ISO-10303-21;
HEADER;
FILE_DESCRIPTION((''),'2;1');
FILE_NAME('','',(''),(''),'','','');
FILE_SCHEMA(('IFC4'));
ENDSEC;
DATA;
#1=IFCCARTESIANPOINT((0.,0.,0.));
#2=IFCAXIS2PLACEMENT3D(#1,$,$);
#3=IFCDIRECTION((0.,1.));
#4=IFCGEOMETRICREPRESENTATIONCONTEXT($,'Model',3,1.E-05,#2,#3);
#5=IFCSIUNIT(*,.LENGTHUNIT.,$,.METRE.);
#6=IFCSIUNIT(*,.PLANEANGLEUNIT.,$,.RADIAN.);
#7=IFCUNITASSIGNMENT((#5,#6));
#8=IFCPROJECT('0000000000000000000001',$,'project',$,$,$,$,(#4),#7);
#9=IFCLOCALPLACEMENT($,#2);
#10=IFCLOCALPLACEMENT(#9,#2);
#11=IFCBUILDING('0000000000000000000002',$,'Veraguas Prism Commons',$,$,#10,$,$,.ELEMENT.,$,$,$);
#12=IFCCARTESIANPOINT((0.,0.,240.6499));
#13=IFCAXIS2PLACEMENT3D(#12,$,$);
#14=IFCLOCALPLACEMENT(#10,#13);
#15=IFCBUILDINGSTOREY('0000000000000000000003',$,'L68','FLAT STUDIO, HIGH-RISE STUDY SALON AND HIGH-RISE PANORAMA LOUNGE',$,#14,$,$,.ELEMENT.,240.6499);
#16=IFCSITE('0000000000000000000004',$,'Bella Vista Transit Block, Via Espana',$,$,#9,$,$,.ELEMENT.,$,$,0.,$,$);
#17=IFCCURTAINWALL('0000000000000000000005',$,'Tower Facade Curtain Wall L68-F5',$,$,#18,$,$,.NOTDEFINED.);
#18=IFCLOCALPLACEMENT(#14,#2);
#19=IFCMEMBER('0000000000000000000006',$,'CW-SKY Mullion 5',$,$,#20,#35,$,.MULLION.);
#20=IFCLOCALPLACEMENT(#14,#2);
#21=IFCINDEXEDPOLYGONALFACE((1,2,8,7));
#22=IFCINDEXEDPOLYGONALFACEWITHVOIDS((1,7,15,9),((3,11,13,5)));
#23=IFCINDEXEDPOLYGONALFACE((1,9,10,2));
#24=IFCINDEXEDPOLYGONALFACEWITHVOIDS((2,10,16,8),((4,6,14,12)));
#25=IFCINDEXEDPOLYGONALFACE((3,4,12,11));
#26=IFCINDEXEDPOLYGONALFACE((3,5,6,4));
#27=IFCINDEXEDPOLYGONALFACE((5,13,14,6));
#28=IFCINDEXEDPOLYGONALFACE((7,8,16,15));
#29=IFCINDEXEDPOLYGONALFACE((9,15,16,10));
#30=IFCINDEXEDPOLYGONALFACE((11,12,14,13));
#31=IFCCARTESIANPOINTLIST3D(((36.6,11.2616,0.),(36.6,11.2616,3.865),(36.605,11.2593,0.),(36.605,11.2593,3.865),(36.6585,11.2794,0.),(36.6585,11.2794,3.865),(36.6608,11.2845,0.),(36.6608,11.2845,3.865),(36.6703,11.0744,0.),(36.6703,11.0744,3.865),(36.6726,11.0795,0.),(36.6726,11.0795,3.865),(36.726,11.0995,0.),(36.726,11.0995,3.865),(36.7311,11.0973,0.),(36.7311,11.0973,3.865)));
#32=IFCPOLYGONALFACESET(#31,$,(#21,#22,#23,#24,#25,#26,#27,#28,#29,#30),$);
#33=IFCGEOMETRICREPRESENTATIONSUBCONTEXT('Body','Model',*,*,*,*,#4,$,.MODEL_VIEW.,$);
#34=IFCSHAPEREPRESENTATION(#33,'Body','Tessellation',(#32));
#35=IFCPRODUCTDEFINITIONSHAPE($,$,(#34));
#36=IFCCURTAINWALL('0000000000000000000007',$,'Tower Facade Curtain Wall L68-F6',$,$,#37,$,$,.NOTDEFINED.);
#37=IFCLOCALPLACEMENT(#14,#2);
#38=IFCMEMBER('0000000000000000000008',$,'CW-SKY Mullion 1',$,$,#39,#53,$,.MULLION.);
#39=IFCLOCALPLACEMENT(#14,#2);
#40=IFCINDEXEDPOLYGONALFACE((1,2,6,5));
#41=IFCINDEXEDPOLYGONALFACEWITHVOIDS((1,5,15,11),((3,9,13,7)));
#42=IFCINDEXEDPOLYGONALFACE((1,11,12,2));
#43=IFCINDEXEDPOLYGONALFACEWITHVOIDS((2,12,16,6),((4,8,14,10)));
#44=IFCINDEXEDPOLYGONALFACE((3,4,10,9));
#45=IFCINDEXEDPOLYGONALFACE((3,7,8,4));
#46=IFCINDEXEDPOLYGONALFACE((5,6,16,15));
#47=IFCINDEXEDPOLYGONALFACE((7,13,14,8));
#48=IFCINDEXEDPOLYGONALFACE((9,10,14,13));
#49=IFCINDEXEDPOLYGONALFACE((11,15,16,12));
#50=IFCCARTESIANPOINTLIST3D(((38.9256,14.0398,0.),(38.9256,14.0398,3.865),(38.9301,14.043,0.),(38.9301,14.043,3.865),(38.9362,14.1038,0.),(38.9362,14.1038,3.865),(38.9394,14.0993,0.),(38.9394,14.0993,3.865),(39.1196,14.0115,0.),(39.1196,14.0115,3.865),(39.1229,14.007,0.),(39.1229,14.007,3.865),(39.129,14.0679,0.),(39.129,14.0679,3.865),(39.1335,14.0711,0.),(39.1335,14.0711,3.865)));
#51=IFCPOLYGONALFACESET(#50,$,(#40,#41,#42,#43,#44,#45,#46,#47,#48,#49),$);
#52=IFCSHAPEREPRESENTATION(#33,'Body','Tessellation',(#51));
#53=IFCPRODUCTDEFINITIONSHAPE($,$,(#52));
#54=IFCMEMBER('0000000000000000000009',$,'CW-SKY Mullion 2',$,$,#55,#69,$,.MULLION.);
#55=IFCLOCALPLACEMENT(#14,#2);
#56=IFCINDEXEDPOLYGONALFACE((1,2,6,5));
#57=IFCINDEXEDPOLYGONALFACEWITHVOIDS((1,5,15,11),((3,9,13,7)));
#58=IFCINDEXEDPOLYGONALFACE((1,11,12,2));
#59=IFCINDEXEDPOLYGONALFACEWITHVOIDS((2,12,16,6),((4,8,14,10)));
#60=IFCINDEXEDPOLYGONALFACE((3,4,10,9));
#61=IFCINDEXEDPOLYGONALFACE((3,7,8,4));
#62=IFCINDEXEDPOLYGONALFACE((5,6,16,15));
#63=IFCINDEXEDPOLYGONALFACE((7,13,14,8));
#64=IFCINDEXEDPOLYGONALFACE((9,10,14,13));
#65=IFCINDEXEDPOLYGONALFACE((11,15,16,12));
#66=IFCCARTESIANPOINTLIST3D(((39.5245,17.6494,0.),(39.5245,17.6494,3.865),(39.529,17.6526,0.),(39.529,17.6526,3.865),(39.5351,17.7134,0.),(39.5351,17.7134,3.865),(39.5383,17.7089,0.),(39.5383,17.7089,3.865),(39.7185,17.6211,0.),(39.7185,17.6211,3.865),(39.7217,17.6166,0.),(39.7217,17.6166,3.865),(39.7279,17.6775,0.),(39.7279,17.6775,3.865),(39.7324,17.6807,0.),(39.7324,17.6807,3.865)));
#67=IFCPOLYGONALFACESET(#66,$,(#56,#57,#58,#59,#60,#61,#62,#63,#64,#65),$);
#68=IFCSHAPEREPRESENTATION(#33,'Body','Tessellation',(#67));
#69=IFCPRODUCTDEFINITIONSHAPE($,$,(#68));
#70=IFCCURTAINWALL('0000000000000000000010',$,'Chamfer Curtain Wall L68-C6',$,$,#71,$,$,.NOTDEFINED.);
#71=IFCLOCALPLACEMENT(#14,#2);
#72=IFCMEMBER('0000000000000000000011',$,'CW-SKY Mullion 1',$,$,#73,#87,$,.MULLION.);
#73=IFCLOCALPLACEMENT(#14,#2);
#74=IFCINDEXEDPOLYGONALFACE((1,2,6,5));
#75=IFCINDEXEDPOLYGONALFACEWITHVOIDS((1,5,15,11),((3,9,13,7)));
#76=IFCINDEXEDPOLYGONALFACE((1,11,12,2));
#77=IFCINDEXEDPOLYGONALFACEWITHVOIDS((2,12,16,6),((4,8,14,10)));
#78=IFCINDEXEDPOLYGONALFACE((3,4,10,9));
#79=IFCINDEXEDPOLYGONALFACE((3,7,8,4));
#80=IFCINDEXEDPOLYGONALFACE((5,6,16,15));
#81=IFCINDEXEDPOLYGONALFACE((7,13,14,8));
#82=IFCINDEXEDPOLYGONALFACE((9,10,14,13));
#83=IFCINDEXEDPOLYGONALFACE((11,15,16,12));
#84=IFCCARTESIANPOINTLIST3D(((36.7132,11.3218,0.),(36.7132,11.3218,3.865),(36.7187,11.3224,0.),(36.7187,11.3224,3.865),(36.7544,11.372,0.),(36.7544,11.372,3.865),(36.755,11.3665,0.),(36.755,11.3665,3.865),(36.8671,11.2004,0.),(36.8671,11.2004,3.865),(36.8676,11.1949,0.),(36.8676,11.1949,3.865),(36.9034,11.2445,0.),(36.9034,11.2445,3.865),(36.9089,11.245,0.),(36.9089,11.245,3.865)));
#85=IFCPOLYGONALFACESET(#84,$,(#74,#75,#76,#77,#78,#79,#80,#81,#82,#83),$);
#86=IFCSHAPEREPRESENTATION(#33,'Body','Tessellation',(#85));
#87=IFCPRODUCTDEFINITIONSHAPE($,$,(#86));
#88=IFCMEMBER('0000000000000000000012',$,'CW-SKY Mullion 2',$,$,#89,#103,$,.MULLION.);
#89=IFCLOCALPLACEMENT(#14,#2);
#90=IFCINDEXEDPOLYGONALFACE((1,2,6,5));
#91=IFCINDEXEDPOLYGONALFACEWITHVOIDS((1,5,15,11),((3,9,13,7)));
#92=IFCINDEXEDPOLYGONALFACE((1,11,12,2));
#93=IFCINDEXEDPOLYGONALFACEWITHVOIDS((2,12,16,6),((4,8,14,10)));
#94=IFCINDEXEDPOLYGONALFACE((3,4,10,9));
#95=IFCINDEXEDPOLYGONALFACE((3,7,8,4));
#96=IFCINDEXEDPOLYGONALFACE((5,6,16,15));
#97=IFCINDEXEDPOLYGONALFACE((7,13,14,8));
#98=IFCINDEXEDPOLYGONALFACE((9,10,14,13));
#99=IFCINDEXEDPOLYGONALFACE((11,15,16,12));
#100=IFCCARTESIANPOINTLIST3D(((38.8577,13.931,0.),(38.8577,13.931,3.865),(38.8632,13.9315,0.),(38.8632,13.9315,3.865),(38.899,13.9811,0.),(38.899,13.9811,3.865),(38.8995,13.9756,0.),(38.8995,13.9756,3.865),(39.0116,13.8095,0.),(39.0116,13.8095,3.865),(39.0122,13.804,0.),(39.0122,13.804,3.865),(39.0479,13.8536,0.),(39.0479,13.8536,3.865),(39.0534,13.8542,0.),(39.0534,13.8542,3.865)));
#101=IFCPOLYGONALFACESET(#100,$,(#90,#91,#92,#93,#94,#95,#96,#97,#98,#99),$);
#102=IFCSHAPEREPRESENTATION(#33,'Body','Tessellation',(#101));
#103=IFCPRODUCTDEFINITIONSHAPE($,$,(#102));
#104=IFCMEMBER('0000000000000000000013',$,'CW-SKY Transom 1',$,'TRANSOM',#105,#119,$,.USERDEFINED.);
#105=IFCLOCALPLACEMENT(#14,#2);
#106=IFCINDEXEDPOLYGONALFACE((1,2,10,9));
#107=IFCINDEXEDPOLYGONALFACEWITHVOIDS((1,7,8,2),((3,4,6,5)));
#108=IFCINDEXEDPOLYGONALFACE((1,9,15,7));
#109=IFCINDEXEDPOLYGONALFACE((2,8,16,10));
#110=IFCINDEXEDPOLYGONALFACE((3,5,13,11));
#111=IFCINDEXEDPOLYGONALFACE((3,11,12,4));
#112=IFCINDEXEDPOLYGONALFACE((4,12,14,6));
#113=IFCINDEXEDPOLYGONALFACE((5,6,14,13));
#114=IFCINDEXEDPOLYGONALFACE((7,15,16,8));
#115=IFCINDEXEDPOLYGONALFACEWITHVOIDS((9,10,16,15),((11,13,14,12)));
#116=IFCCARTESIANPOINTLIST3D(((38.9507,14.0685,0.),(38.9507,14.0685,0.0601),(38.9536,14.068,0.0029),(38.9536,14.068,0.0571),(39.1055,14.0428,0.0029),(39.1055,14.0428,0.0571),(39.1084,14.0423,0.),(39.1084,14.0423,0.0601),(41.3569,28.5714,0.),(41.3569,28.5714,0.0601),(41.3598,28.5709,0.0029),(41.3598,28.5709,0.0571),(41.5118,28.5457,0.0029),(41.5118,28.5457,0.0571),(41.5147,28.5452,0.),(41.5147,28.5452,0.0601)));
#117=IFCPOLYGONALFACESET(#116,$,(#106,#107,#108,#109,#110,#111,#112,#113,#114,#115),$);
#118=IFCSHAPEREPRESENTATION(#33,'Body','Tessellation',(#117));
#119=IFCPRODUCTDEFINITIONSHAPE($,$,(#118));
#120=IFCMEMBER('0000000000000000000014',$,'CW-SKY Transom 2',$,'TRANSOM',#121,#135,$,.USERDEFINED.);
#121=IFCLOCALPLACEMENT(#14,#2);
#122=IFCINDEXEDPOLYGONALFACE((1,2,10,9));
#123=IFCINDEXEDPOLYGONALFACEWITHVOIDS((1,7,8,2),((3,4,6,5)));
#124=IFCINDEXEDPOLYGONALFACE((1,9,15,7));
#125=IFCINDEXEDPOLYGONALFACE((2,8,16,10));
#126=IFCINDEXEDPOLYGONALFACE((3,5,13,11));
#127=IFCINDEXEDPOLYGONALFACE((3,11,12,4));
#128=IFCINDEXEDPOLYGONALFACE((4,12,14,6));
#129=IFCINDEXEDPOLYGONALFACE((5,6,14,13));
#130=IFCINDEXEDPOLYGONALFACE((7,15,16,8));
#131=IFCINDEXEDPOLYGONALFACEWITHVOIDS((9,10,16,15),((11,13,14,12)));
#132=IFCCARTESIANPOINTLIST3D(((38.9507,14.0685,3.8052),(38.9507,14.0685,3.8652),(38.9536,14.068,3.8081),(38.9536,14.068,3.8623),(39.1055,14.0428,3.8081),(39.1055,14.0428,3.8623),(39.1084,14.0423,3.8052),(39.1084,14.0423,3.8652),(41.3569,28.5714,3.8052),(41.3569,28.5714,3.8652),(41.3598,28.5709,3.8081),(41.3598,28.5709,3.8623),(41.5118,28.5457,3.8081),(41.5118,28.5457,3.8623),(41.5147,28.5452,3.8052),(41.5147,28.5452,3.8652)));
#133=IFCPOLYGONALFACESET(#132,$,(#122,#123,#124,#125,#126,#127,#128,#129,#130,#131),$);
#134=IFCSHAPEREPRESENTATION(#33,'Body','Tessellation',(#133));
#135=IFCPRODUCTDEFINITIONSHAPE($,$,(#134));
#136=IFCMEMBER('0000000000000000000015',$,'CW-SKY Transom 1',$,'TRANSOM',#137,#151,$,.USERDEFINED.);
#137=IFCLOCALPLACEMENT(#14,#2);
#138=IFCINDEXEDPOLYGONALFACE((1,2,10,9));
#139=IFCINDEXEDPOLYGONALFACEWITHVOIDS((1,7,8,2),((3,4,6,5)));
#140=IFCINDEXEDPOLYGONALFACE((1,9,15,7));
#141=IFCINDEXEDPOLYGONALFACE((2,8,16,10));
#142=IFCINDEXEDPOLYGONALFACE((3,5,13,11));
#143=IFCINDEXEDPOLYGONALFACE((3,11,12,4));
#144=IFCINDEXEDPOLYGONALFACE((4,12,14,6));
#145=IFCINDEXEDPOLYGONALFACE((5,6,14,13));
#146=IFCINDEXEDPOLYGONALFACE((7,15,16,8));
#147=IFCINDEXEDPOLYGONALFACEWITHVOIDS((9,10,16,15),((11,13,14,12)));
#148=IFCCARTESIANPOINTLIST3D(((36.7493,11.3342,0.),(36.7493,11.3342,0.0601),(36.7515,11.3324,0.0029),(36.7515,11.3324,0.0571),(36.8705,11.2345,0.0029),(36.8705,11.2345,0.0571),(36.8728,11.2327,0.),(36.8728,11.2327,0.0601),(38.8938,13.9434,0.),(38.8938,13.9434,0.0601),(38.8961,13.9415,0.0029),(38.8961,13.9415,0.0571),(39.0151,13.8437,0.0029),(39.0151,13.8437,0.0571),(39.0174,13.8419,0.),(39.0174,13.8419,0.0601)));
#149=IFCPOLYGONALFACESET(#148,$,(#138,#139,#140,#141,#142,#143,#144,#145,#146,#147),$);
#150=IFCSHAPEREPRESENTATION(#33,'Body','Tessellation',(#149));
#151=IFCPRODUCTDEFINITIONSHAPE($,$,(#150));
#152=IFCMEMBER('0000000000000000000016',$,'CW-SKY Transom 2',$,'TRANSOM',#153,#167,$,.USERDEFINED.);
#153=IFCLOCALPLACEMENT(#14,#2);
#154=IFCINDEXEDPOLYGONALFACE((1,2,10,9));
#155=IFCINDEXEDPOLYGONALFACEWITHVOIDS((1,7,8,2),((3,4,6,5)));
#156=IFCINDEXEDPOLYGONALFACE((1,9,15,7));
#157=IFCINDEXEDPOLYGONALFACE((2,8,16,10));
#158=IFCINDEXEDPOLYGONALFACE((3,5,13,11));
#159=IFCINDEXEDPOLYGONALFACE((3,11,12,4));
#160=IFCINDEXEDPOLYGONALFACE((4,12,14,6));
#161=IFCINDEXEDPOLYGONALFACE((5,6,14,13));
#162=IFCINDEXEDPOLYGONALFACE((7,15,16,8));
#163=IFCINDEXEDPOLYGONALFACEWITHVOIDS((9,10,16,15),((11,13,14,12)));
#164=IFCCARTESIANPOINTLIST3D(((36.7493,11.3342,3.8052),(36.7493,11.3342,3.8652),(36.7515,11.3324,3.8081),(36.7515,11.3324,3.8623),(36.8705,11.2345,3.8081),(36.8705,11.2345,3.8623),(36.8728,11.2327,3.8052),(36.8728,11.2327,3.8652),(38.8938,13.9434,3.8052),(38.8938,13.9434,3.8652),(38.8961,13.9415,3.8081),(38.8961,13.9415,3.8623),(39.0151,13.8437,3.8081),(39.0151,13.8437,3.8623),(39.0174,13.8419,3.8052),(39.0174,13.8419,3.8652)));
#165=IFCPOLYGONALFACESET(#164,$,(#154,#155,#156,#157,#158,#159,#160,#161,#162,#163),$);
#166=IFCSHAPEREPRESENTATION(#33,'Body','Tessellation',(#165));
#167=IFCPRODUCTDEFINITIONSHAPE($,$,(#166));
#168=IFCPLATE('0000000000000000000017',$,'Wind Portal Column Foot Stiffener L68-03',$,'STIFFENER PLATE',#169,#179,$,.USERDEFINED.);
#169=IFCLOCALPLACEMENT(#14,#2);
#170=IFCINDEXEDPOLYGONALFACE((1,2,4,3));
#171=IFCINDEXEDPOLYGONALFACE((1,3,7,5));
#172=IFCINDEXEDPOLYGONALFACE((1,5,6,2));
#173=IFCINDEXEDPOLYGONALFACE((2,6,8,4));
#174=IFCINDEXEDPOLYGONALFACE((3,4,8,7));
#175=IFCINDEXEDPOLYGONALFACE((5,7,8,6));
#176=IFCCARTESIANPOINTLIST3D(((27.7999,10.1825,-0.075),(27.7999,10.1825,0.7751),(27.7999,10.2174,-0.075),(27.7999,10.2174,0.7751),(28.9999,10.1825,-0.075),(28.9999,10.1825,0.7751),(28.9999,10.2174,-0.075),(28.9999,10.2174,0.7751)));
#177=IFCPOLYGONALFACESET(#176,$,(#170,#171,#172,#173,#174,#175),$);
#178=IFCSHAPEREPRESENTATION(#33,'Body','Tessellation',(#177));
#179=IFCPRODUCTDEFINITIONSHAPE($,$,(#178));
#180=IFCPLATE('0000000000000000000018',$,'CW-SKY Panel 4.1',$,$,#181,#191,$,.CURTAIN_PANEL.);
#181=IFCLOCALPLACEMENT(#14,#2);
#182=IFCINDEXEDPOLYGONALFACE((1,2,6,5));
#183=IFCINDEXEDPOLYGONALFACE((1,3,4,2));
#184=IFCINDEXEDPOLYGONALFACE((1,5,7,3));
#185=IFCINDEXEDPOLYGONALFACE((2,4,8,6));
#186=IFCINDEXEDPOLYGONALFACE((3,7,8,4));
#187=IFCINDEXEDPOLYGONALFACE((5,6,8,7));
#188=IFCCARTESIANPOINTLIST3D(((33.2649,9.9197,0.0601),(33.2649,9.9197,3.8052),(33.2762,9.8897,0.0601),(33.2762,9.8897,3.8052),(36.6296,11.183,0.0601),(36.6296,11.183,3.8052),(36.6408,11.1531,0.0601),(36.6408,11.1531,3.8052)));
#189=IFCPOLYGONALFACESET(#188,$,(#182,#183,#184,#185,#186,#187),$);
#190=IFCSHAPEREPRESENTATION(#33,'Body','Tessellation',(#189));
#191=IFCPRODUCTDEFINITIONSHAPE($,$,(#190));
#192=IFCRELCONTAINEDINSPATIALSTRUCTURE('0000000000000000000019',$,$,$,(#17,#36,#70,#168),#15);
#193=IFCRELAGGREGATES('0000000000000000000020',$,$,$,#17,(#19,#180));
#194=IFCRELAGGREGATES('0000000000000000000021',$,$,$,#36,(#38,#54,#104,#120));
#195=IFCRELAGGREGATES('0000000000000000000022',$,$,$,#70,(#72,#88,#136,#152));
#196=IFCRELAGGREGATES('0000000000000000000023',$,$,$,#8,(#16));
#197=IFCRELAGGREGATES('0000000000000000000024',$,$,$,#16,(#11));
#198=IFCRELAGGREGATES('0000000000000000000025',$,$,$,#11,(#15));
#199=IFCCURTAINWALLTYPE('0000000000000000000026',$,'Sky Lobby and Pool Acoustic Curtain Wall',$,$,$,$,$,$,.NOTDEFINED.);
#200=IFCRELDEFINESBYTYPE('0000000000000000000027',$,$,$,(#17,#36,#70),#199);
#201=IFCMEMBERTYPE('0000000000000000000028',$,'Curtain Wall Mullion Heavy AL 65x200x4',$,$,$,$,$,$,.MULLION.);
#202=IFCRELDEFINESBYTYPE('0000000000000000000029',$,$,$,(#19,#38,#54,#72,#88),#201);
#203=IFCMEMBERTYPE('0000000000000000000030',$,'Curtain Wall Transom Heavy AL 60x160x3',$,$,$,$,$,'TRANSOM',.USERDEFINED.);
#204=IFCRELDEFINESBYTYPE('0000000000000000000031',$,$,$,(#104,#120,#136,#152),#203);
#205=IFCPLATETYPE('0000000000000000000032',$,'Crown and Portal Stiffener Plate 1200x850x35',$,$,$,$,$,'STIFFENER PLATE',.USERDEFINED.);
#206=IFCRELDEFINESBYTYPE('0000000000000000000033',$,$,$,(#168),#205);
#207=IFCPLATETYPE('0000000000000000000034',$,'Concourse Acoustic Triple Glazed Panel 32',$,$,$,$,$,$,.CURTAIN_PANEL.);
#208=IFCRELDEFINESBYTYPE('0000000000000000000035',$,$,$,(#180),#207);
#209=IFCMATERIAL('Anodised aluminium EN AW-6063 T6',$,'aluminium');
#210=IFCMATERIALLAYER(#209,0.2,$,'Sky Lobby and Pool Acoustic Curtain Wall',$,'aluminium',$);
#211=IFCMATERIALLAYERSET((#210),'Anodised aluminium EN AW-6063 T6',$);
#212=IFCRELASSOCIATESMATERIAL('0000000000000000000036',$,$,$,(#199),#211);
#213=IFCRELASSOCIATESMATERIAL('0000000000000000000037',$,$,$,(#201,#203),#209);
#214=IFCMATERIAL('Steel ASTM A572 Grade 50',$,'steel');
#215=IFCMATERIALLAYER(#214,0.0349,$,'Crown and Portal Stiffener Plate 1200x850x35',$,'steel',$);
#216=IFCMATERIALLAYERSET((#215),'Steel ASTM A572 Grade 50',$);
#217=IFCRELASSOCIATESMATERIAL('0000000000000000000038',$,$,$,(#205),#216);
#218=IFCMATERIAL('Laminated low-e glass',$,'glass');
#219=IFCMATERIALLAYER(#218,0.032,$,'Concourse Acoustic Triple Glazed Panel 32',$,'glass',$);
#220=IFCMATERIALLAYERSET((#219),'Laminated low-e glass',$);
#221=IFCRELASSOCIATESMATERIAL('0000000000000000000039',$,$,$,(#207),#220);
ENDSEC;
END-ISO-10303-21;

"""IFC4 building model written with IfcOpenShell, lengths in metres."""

from ifc_helpers import new_model, si_unit, direction, frame, origin, origin_2d, place, context, subcontext, project, spatial, rectangle, hollow_rectangle, extrude, source, transform, mapped, material, layer, layer_set, material_profile, profile_set, type_object, element, aggregate, save


model = new_model("IFC4")

# Units and contexts
model_context = context("Model", 3, precision=1e-05, world=origin(), true_north=direction((0.0, 1.0)))
body_context = subcontext(model_context, "Body", "Model", "MODEL_VIEW")
ifc_project = project(units=[si_unit("LENGTHUNIT", "METRE"), si_unit("PLANEANGLEUNIT", "RADIAN")], contexts=[model_context])

# Site, building, storey
site_placement = place(None, origin())
site = spatial("IfcSite", under=ifc_project, at=site_placement, Name="Bella Vista Transit Block, Via Espana", CompositionType="ELEMENT", RefElevation=0.0)
building_placement = place(site_placement, origin())
building = spatial("IfcBuilding", under=site, at=building_placement, Name="Veraguas Prism Commons", CompositionType="ELEMENT")
storey_placement = place(building_placement, frame((0.0, 0.0, 240.6499)))
storey = spatial("IfcBuildingStorey", under=building, at=storey_placement, Name="L68", Description="FLAT STUDIO, HIGH-RISE STUDY SALON AND HIGH-RISE PANORAMA LOUNGE", CompositionType="ELEMENT", Elevation=240.6499)

# Curtain walls, members
ifc_material_1 = material(Name="Anodised aluminium EN AW-6063 T6", Category="aluminium")
ifc_layer_1 = layer(ifc_material_1, 0.2, Name="Sky Lobby and Pool Acoustic Curtain Wall", Category="aluminium")
ifc_layer_set_1 = layer_set([ifc_layer_1], Name="Anodised aluminium EN AW-6063 T6")
curtain_wall_type = type_object("IfcCurtainWallType", Name="Sky Lobby and Pool Acoustic Curtain Wall", PredefinedType="NOTDEFINED", material=ifc_layer_set_1)
curtain_wall_1_placement = place(storey_placement, origin())
curtain_wall_1 = element("IfcCurtainWall", 1, at=curtain_wall_1_placement, inside=storey, type_object=curtain_wall_type, Name="Tower Facade Curtain Wall L68-F5", PredefinedType="NOTDEFINED")
ifc_material_profile_1 = material_profile(ifc_material_1, hollow_rectangle(XDim=0.0649, YDim=0.2, WallThickness=0.0039, at=origin_2d()), Name="AL65X200X4")
ifc_profile_set_1 = profile_set([ifc_material_profile_1], Name="Anodised aluminium EN AW-6063 T6")
member_type_1 = type_object("IfcMemberType", Name="Curtain Wall Mullion Heavy AL 65x200x4", PredefinedType="MULLION", material=ifc_profile_set_1)
shared_shape_1 = source(origin(), body_context, "Body", "SweptSolid", [
    extrude(hollow_rectangle(XDim=0.0649, YDim=0.2, WallThickness=0.0039, at=origin_2d()), origin(), (0.0, 0.0, 1.0), 3.865),
])
member_1_placement = place(storey_placement, frame((36.6655, 11.1794, 0.0), z_axis=(0.0, 0.0, 1.0), x_axis=(0.936182, 0.351515, 0.0)))
member_1 = element("IfcMember", 2, at=member_1_placement, type_object=member_type_1, Name="CW-SKY Mullion 5", PredefinedType="MULLION", context=body_context, shape_type="MappedRepresentation", body=[
    mapped(shared_shape_1, transform((0.0, 0.0, 0.0), scale=1.0)),
])
curtain_wall_2_placement = place(storey_placement, origin())
curtain_wall_2 = element("IfcCurtainWall", 3, at=curtain_wall_2_placement, inside=storey, type_object=curtain_wall_type, Name="Tower Facade Curtain Wall L68-F6", PredefinedType="NOTDEFINED")
member_2_placement = place(storey_placement, frame((39.0295, 14.0554, 0.0), z_axis=(0.0, 0.0, 1.0), x_axis=(0.16367, 0.986515, 0.0)))
member_2 = element("IfcMember", 4, at=member_2_placement, type_object=member_type_1, Name="CW-SKY Mullion 1", PredefinedType="MULLION", context=body_context, shape_type="MappedRepresentation", body=[
    mapped(shared_shape_1, transform((0.0, 0.0, 0.0), scale=1.0)),
])
member_3_placement = place(storey_placement, frame((39.6284, 17.665, 0.0), z_axis=(0.0, 0.0, 1.0), x_axis=(0.16367, 0.986515, 0.0)))
member_3 = element("IfcMember", 5, at=member_3_placement, type_object=member_type_1, Name="CW-SKY Mullion 2", PredefinedType="MULLION", context=body_context, shape_type="MappedRepresentation", body=[
    mapped(shared_shape_1, transform((0.0, 0.0, 0.0), scale=1.0)),
])
curtain_wall_3_placement = place(storey_placement, origin())
curtain_wall_3 = element("IfcCurtainWall", 6, at=curtain_wall_3_placement, inside=storey, type_object=curtain_wall_type, Name="Chamfer Curtain Wall L68-C6", PredefinedType="NOTDEFINED")
member_4_placement = place(storey_placement, frame((36.811, 11.2834, 0.0), z_axis=(0.0, 0.0, 1.0), x_axis=(0.635012, 0.772502, 0.0)))
member_4 = element("IfcMember", 7, at=member_4_placement, type_object=member_type_1, Name="CW-SKY Mullion 1", PredefinedType="MULLION", context=body_context, shape_type="MappedRepresentation", body=[
    mapped(shared_shape_1, transform((0.0, 0.0, 0.0), scale=1.0)),
])
member_5_placement = place(storey_placement, frame((38.9556, 13.8926, 0.0), z_axis=(0.0, 0.0, 1.0), x_axis=(0.635012, 0.772502, 0.0)))
member_5 = element("IfcMember", 8, at=member_5_placement, type_object=member_type_1, Name="CW-SKY Mullion 2", PredefinedType="MULLION", context=body_context, shape_type="MappedRepresentation", body=[
    mapped(shared_shape_1, transform((0.0, 0.0, 0.0), scale=1.0)),
])

# Members
ifc_material_profile_2 = material_profile(ifc_material_1, hollow_rectangle(XDim=0.0601, YDim=0.1599, WallThickness=0.0029, at=origin_2d()), Name="AL60X160X3")
ifc_profile_set_2 = profile_set([ifc_material_profile_2], Name="Anodised aluminium EN AW-6063 T6")
member_type_2 = type_object("IfcMemberType", Name="Curtain Wall Transom Heavy AL 60x160x3", ElementType="TRANSOM", PredefinedType="USERDEFINED", material=ifc_profile_set_2)
shared_shape_2 = source(origin(), body_context, "Body", "SweptSolid", [
    extrude(hollow_rectangle(XDim=0.0601, YDim=0.1599, WallThickness=0.0029, at=origin_2d()), origin(), (0.0, 0.0, 1.0), 14.7012),
])
member_6_placement = place(storey_placement, frame((39.0295, 14.0554, 0.03), z_axis=(0.163677, 0.986514, 0.0), x_axis=(0.0, 0.0, 1.0)))
member_6 = element("IfcMember", 9, at=member_6_placement, type_object=member_type_2, Name="CW-SKY Transom 1", ObjectType="TRANSOM", PredefinedType="USERDEFINED", context=body_context, shape_type="MappedRepresentation", body=[
    mapped(shared_shape_2, transform((0.0, 0.0, 0.0), scale=1.0)),
])
member_7_placement = place(storey_placement, frame((39.0295, 14.0554, 3.8352), z_axis=(0.163677, 0.986514, 0.0), x_axis=(0.0, 0.0, 1.0)))
member_7 = element("IfcMember", 10, at=member_7_placement, type_object=member_type_2, Name="CW-SKY Transom 2", ObjectType="TRANSOM", PredefinedType="USERDEFINED", context=body_context, shape_type="MappedRepresentation", body=[
    mapped(shared_shape_2, transform((0.0, 0.0, 0.0), scale=1.0)),
])
shared_shape_3 = source(origin(), body_context, "Body", "SweptSolid", [
    extrude(hollow_rectangle(XDim=0.0601, YDim=0.1599, WallThickness=0.0029, at=origin_2d()), origin(), (0.0, 0.0, 1.0), 3.3774),
])
member_8_placement = place(storey_placement, frame((36.811, 11.2834, 0.03), z_axis=(0.634972, 0.772535, 0.0), x_axis=(0.0, 0.0, 1.0)))
member_8 = element("IfcMember", 11, at=member_8_placement, type_object=member_type_2, Name="CW-SKY Transom 1", ObjectType="TRANSOM", PredefinedType="USERDEFINED", context=body_context, shape_type="MappedRepresentation", body=[
    mapped(shared_shape_3, transform((0.0, 0.0, 0.0), scale=1.0)),
])
member_9_placement = place(storey_placement, frame((36.811, 11.2834, 3.8352), z_axis=(0.634972, 0.772535, 0.0), x_axis=(0.0, 0.0, 1.0)))
member_9 = element("IfcMember", 12, at=member_9_placement, type_object=member_type_2, Name="CW-SKY Transom 2", ObjectType="TRANSOM", PredefinedType="USERDEFINED", context=body_context, shape_type="MappedRepresentation", body=[
    mapped(shared_shape_3, transform((0.0, 0.0, 0.0), scale=1.0)),
])

# Plates
ifc_material_2 = material(Name="Steel ASTM A572 Grade 50", Category="steel")
ifc_layer_2 = layer(ifc_material_2, 0.0349, Name="Crown and Portal Stiffener Plate 1200x850x35", Category="steel")
ifc_layer_set_2 = layer_set([ifc_layer_2], Name="Steel ASTM A572 Grade 50")
plate_type_1 = type_object("IfcPlateType", Name="Crown and Portal Stiffener Plate 1200x850x35", ElementType="STIFFENER PLATE", PredefinedType="USERDEFINED", material=ifc_layer_set_2)
shared_shape_4 = source(origin(), body_context, "Body", "SweptSolid", [
    extrude(rectangle(XDim=1.2, YDim=0.0349, at=origin_2d()), origin(), (0.0, 0.0, 1.0), 0.8501),
])
plate_1_placement = place(storey_placement, frame((28.3999, 10.2, -0.075), z_axis=(0.0, 0.0, 1.0), x_axis=(1.0, 0.0, 0.0)))
element("IfcPlate", 13, at=plate_1_placement, inside=storey, type_object=plate_type_1, Name="Wind Portal Column Foot Stiffener L68-03", ObjectType="STIFFENER PLATE", PredefinedType="USERDEFINED", context=body_context, shape_type="MappedRepresentation", body=[
    mapped(shared_shape_4, transform((0.0, 0.0, 0.0), scale=1.0)),
])
ifc_material_3 = material(Name="Laminated low-e glass", Category="glass")
ifc_layer_3 = layer(ifc_material_3, 0.032, Name="Concourse Acoustic Triple Glazed Panel 32", Category="glass")
ifc_layer_set_3 = layer_set([ifc_layer_3], Name="Laminated low-e glass")
plate_type_2 = type_object("IfcPlateType", Name="Concourse Acoustic Triple Glazed Panel 32", PredefinedType="CURTAIN_PANEL", material=ifc_layer_set_3)
shared_shape_5 = source(origin(), body_context, "Body", "SweptSolid", [
    extrude(rectangle(XDim=3.594, YDim=0.032, at=origin_2d()), origin(), (0.0, 0.0, 1.0), 3.7451),
])
plate_2_placement = place(storey_placement, frame((34.9529, 10.5364, 0.0601), z_axis=(0.0, 0.0, 1.0), x_axis=(0.936182, 0.351515, 0.0)))
plate_2 = element("IfcPlate", 14, at=plate_2_placement, type_object=plate_type_2, Name="CW-SKY Panel 4.1", PredefinedType="CURTAIN_PANEL", context=body_context, shape_type="MappedRepresentation", body=[
    mapped(shared_shape_5, transform((0.0, 0.0, 0.0), scale=1.0)),
])
aggregate(curtain_wall_1, [member_1, plate_2])
aggregate(curtain_wall_2, [member_2, member_3, member_6, member_7])
aggregate(curtain_wall_3, [member_4, member_5, member_8, member_9])

save(model, "model.ifc")
